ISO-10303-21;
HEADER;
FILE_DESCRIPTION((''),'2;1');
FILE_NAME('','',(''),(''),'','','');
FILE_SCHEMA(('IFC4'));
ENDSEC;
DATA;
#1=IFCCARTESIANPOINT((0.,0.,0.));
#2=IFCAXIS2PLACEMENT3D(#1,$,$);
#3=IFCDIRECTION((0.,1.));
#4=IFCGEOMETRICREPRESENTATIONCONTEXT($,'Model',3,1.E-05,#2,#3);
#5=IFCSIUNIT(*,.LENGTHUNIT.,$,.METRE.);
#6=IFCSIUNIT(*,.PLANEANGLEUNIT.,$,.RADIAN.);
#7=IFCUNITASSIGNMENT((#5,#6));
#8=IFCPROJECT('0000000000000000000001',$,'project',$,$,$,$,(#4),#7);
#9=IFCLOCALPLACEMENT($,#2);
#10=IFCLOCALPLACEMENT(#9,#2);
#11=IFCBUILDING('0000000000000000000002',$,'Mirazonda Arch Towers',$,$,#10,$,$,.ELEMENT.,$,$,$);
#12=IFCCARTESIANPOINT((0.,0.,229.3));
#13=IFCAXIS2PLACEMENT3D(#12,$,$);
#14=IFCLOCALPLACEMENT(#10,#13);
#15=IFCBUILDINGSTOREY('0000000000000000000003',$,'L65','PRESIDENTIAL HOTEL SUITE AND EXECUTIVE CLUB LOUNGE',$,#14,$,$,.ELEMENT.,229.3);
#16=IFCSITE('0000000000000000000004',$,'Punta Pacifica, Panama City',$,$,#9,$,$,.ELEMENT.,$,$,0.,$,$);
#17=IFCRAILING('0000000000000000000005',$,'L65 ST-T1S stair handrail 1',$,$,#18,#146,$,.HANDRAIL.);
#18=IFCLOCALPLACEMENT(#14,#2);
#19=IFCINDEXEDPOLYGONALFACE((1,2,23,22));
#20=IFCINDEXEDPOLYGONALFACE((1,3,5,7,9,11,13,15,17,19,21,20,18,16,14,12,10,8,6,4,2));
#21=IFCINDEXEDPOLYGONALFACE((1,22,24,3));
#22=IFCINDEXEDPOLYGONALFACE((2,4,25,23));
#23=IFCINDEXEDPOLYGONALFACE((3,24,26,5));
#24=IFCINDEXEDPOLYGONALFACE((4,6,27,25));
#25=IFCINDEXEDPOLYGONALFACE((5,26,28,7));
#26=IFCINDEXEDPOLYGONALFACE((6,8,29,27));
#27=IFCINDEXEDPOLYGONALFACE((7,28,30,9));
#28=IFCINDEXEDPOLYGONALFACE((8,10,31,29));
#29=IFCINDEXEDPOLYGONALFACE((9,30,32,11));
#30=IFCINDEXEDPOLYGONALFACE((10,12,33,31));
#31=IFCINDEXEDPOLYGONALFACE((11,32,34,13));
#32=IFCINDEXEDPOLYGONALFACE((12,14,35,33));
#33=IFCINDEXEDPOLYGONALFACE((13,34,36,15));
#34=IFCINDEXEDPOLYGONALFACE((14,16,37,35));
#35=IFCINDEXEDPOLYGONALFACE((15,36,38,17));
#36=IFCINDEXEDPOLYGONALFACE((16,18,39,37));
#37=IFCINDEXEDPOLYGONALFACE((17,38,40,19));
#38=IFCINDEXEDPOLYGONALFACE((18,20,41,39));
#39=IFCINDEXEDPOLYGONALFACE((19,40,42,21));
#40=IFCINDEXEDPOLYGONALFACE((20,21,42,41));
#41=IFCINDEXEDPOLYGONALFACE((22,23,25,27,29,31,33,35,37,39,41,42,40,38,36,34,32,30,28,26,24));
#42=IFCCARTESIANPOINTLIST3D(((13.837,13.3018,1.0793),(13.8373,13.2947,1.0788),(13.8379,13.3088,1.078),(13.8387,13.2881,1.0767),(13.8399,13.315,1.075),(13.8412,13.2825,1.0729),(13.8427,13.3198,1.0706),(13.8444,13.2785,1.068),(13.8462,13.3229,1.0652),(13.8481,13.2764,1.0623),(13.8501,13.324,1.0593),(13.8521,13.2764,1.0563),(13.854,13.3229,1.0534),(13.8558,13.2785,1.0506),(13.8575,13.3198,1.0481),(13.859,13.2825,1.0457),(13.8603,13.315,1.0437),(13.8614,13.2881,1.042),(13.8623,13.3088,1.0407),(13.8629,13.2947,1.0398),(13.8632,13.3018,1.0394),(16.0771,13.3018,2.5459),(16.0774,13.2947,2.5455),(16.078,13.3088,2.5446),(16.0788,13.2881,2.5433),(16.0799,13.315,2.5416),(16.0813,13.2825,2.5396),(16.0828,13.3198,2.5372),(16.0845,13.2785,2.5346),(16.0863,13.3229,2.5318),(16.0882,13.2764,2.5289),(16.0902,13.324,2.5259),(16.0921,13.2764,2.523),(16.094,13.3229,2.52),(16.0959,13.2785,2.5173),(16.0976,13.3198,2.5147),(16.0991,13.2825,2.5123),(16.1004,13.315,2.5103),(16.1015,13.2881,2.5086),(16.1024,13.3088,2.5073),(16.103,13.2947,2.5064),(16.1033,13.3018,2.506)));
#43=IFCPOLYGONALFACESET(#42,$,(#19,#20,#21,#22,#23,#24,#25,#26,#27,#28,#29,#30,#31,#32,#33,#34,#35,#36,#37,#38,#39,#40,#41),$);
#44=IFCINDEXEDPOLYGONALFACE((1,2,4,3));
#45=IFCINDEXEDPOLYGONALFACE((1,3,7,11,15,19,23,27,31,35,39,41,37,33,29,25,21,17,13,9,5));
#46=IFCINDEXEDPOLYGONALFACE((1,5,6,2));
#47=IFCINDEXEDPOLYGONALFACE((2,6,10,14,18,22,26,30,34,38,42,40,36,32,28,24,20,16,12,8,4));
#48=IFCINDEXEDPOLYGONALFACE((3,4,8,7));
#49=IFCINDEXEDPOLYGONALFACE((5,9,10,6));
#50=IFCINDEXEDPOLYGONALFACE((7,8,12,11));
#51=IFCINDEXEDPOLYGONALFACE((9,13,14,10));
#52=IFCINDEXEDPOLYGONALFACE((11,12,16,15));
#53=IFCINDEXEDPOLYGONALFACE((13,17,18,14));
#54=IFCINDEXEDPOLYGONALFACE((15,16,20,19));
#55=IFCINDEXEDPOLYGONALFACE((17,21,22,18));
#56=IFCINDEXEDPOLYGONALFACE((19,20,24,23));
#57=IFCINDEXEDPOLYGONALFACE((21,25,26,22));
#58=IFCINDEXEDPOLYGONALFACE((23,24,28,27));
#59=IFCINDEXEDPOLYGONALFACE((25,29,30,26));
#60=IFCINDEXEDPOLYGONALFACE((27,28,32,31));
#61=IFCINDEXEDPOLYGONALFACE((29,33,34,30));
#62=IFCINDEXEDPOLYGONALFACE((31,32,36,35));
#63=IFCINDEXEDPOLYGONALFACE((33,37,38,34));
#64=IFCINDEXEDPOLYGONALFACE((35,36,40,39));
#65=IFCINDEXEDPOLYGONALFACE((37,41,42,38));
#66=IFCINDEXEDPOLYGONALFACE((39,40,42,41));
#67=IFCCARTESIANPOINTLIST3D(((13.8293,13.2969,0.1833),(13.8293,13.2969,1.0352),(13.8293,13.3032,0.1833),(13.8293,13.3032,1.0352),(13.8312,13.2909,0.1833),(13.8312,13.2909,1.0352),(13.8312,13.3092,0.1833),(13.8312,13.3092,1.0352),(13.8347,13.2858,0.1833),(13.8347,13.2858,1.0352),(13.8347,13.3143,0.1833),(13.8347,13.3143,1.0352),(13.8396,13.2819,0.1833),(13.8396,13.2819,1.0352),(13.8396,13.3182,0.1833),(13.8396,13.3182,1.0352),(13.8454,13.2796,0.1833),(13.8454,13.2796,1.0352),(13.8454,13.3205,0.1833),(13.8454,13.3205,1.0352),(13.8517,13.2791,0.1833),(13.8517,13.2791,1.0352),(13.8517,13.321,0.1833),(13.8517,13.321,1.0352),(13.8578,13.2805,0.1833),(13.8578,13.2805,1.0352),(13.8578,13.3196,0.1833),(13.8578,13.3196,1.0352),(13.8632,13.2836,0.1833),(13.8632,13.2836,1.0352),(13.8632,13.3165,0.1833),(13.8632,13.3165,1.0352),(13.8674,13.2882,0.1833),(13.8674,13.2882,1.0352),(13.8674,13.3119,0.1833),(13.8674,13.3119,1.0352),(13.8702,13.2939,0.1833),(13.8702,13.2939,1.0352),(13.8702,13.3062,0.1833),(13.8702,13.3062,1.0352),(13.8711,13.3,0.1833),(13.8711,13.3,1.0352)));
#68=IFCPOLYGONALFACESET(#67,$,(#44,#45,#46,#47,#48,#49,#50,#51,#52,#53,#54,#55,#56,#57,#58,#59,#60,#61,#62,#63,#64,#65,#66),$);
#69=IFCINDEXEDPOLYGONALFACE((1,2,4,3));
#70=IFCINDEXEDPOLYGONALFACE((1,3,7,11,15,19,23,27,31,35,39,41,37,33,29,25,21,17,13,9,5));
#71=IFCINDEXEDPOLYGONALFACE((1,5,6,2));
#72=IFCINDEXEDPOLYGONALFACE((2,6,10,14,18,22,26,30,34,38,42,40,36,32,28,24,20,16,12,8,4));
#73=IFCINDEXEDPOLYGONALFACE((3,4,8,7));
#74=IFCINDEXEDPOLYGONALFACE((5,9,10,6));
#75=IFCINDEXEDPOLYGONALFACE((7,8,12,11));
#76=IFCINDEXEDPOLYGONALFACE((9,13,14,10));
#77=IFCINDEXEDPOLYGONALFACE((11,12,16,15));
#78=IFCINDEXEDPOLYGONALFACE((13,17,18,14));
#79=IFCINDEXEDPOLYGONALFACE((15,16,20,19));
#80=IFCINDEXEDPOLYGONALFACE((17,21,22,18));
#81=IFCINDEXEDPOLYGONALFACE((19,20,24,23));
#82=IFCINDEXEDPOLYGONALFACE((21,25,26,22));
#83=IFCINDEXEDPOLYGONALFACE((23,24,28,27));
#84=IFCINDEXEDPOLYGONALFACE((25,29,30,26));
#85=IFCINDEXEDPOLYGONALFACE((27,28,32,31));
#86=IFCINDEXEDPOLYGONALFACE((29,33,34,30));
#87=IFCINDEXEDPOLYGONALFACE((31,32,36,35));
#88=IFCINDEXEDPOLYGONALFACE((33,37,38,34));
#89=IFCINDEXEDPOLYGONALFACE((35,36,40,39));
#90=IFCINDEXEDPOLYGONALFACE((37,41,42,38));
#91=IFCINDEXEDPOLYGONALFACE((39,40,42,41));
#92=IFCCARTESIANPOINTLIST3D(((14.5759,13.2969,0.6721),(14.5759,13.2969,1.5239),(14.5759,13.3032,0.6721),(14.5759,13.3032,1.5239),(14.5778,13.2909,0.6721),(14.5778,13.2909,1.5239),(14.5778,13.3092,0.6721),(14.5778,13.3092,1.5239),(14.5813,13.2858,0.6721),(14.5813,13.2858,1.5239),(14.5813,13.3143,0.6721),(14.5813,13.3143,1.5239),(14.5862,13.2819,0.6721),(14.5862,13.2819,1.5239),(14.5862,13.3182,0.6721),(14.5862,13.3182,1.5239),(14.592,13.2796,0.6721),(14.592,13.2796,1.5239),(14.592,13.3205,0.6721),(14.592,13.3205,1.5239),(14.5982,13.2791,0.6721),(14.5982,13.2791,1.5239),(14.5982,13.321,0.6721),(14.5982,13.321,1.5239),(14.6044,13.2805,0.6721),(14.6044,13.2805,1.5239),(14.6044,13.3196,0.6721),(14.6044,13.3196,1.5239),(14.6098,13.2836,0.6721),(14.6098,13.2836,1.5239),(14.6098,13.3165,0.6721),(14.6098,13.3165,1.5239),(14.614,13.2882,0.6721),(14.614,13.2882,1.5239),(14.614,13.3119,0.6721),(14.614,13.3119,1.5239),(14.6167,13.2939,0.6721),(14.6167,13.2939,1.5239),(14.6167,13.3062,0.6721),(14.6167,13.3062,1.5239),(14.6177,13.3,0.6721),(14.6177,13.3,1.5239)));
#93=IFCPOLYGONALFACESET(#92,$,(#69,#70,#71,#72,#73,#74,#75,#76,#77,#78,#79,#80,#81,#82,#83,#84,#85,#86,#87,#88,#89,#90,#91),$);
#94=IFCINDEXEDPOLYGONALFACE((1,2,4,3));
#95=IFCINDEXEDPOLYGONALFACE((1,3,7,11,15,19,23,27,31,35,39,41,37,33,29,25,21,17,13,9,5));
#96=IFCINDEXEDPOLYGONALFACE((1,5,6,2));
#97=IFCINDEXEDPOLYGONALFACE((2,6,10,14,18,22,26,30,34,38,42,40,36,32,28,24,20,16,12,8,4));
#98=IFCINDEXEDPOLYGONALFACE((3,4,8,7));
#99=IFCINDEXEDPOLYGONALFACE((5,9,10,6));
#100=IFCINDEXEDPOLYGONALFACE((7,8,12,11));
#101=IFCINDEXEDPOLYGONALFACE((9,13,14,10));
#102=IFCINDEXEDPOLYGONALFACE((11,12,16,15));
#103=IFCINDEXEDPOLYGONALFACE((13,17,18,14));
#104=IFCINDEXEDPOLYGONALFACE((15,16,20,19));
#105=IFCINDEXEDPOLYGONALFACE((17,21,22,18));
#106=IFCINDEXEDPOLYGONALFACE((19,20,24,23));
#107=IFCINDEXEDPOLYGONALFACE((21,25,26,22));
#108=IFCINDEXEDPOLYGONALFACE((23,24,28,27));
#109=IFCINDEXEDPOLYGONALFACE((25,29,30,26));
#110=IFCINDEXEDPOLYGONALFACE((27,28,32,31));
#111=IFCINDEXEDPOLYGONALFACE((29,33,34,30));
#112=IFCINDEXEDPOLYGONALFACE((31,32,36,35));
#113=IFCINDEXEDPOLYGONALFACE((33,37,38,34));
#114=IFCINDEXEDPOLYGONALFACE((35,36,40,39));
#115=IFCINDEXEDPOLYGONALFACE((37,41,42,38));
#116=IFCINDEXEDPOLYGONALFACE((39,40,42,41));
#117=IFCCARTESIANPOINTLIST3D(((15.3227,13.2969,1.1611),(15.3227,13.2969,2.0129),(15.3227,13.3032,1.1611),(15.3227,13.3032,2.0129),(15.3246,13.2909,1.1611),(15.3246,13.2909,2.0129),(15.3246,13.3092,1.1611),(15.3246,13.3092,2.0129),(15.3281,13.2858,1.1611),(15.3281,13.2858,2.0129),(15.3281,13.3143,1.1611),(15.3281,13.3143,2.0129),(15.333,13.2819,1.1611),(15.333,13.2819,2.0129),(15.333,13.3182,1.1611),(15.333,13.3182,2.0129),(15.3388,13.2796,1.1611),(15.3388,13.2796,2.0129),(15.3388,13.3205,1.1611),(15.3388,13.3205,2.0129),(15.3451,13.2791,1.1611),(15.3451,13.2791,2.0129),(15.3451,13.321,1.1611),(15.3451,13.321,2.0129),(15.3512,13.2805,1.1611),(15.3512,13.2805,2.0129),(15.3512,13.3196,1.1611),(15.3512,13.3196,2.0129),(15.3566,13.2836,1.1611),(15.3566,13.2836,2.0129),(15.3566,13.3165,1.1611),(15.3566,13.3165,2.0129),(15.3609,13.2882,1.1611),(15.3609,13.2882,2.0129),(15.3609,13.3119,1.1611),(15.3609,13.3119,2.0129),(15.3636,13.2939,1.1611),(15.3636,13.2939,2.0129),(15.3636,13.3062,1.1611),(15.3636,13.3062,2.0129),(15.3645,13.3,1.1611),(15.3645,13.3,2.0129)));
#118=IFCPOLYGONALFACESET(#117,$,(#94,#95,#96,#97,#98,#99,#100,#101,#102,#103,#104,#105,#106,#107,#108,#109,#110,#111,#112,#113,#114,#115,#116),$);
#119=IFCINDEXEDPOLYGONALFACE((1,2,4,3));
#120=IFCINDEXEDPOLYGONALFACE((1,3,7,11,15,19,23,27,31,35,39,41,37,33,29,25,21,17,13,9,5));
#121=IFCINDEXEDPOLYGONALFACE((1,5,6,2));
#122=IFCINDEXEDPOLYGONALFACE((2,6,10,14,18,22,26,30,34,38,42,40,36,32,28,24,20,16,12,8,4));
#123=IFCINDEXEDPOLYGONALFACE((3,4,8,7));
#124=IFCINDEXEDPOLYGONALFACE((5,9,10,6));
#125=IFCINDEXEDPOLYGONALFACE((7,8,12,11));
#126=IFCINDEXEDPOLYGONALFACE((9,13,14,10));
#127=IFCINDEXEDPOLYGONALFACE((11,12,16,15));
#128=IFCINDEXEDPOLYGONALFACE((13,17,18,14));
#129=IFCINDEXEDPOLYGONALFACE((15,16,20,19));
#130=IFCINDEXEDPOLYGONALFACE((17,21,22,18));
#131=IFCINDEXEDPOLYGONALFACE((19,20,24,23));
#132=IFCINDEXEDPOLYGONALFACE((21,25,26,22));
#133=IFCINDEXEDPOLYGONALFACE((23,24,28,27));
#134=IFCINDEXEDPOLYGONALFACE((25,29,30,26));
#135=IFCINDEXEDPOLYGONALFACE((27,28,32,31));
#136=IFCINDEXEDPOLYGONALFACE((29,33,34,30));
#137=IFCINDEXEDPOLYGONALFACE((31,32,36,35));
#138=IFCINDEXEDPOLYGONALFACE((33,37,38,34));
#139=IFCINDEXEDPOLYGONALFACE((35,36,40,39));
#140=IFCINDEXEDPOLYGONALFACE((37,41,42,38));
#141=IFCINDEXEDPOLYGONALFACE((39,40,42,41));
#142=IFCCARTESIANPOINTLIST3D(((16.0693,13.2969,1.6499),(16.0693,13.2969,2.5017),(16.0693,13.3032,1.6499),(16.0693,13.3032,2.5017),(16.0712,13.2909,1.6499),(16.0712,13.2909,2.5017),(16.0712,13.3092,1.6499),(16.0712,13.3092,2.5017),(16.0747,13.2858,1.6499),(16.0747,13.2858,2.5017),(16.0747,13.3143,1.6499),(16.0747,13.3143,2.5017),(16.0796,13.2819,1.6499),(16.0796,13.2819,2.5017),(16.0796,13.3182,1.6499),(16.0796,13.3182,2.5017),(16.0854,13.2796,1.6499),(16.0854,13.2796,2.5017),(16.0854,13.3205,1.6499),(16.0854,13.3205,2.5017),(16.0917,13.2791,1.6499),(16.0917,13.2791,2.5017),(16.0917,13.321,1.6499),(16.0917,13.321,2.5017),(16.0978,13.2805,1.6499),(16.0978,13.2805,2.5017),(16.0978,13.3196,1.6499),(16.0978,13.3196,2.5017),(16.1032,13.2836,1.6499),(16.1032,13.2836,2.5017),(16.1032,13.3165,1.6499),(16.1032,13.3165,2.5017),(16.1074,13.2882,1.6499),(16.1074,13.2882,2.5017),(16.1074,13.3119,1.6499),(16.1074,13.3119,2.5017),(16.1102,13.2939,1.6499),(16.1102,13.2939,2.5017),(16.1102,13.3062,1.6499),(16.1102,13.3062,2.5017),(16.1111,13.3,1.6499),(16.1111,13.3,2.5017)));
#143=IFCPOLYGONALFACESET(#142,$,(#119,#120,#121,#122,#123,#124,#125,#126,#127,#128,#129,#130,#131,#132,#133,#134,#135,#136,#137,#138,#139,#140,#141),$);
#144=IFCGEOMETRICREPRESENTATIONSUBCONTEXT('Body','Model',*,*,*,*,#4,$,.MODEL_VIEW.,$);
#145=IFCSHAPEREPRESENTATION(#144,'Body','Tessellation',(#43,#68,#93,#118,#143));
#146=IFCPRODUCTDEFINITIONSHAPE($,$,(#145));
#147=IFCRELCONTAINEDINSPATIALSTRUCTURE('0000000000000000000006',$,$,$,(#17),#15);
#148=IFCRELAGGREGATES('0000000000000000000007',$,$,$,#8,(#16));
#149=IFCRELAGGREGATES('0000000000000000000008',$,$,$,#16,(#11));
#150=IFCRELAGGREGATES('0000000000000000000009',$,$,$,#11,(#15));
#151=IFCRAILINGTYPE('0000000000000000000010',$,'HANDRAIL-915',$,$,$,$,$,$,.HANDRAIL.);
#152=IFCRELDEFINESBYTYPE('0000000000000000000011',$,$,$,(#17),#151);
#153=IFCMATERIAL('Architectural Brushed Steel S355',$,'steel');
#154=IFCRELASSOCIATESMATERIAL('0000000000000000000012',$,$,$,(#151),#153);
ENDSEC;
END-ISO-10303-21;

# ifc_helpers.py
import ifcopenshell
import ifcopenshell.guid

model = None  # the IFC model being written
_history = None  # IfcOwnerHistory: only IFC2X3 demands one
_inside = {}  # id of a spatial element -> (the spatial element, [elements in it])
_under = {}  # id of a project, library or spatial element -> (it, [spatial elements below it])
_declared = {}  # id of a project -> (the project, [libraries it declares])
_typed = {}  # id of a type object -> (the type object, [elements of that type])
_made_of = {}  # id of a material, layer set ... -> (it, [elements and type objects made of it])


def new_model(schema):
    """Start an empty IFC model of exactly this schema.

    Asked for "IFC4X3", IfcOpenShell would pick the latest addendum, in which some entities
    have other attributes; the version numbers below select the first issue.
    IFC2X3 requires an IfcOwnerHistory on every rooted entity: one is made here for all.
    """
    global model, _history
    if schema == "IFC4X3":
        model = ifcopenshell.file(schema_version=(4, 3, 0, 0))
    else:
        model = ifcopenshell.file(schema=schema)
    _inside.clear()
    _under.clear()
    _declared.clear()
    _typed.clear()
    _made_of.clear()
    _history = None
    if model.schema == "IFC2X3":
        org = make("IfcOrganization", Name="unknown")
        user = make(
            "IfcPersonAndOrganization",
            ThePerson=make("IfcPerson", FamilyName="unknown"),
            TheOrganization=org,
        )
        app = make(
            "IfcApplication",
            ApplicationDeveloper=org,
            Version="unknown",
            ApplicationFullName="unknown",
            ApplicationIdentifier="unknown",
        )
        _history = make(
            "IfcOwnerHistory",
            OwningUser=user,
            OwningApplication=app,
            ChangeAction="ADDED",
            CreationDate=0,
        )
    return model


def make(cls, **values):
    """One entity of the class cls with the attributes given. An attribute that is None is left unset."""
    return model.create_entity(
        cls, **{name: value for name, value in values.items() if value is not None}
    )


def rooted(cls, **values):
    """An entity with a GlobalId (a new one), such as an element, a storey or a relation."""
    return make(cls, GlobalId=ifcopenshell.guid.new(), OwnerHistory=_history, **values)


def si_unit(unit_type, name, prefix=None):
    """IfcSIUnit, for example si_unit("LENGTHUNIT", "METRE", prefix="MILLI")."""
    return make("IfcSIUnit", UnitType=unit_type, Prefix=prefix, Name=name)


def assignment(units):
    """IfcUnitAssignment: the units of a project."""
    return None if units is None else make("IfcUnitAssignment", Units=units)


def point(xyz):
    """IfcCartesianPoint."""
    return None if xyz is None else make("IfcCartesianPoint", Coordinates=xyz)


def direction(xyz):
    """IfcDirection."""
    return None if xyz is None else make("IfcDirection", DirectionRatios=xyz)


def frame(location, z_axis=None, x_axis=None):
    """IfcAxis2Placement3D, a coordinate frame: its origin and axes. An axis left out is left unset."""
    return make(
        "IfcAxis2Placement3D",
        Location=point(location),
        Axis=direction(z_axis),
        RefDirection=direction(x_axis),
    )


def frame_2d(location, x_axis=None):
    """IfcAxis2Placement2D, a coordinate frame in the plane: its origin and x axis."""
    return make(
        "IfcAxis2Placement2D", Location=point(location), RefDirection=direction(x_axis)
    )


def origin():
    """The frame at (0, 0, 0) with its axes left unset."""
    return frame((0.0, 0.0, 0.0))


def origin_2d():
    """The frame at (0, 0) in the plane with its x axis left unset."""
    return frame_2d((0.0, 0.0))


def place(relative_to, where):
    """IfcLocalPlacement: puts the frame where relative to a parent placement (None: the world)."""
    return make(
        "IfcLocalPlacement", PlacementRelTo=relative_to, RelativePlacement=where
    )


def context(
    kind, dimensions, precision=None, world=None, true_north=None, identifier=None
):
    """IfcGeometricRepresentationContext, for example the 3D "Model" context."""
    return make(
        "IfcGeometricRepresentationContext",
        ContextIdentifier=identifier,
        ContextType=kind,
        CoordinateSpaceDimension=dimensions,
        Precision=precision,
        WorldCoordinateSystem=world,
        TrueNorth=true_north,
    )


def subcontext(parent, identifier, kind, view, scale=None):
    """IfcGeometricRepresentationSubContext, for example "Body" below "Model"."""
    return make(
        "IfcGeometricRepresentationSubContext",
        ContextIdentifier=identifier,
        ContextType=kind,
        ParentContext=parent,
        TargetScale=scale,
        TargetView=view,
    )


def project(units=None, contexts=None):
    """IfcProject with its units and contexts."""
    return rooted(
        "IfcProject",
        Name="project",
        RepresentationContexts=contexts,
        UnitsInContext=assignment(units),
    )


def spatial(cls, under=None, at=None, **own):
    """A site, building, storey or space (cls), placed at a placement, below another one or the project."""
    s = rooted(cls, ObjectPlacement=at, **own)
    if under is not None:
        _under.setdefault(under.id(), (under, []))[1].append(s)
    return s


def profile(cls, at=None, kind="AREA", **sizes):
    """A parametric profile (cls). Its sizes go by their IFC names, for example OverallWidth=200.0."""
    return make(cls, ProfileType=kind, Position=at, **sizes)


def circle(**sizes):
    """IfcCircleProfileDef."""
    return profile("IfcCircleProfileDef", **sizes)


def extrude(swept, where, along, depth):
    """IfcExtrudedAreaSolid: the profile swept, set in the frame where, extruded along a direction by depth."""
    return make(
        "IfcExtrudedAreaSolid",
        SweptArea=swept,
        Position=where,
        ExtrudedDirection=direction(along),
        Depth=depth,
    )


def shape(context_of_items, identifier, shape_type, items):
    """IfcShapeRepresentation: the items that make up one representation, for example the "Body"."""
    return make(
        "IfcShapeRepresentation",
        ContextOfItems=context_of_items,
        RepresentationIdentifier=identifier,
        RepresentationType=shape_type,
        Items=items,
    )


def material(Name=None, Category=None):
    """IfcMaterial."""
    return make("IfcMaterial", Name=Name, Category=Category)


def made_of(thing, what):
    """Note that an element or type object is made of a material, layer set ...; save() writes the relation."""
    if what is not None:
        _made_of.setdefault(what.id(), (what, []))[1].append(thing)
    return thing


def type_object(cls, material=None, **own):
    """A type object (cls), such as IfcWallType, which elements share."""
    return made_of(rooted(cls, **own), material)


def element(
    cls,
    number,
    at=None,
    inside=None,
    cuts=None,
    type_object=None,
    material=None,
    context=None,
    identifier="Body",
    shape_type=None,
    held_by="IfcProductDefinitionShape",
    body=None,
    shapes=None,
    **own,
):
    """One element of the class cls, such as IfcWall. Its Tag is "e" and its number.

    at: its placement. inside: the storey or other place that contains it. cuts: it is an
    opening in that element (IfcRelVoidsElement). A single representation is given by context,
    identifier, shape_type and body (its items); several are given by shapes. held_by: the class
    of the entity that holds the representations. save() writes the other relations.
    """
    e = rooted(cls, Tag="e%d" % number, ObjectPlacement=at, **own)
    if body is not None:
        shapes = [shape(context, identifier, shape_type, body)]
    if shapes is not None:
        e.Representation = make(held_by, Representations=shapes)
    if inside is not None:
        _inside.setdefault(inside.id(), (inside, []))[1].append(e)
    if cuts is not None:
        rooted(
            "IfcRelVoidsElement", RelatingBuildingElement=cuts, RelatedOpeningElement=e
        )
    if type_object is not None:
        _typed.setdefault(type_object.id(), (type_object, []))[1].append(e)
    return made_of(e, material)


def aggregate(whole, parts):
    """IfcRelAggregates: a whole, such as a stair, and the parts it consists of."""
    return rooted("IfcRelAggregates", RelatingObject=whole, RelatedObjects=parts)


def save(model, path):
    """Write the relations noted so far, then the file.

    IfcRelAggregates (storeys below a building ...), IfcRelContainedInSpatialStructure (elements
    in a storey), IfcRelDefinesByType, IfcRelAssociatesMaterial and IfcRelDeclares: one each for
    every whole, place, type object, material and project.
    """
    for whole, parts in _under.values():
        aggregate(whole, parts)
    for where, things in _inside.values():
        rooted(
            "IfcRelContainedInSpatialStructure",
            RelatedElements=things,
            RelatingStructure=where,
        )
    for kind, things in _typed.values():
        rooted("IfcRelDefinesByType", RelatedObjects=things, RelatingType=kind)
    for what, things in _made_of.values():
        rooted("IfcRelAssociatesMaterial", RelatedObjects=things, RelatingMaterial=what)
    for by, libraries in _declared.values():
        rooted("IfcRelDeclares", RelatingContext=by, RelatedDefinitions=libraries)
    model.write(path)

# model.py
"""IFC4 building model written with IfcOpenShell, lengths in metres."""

from ifc_helpers import new_model, si_unit, direction, frame, origin, origin_2d, place, context, subcontext, project, spatial, circle, extrude, material, type_object, element, save


model = new_model("IFC4")

# Units and contexts
model_context = context("Model", 3, precision=1e-05, world=origin(), true_north=direction((0.0, 1.0)))
body_context = subcontext(model_context, "Body", "Model", "MODEL_VIEW")
ifc_project = project(units=[si_unit("LENGTHUNIT", "METRE"), si_unit("PLANEANGLEUNIT", "RADIAN")], contexts=[model_context])

# Site, building, storey
site_placement = place(None, origin())
site = spatial("IfcSite", under=ifc_project, at=site_placement, Name="Punta Pacifica, Panama City", CompositionType="ELEMENT", RefElevation=0.0)
building_placement = place(site_placement, origin())
building = spatial("IfcBuilding", under=site, at=building_placement, Name="Mirazonda Arch Towers", CompositionType="ELEMENT")
storey_placement = place(building_placement, frame((0.0, 0.0, 229.3)))
storey = spatial("IfcBuildingStorey", under=building, at=storey_placement, Name="L65", Description="PRESIDENTIAL HOTEL SUITE AND EXECUTIVE CLUB LOUNGE", CompositionType="ELEMENT", Elevation=229.3)

# Shared definitions
ifc_material_1 = material(Name="Architectural Brushed Steel S355", Category="steel")

# Railing
railing_type_1 = type_object("IfcRailingType", Name="HANDRAIL-915", PredefinedType="HANDRAIL", material=ifc_material_1)
railing_1_placement = place(storey_placement, frame((13.8501, 13.3, 0.1833)))
element("IfcRailing", 1, at=railing_1_placement, inside=storey, type_object=railing_type_1, Name="L65 ST-T1S stair handrail 1", PredefinedType="HANDRAIL", context=body_context, shape_type="SweptSolid", body=[
    extrude(circle(Radius=0.0239, at=origin_2d()), frame((0.0, 0.0, 0.876), z_axis=(0.836637, 0.0, 0.547758), x_axis=(0.0, 1.0, 0.0)), (0.0, 0.0, 1.0), 2.6775),
    extrude(circle(Radius=0.021, at=origin_2d()), origin(), (0.0, 0.0, 1.0), 0.8518),
    extrude(circle(Radius=0.021, at=origin_2d()), frame((0.7466, 0.0, 0.4888)), (0.0, 0.0, 1.0), 0.8518),
    extrude(circle(Radius=0.021, at=origin_2d()), frame((1.4934, 0.0, 0.9778)), (0.0, 0.0, 1.0), 0.8518),
    extrude(circle(Radius=0.021, at=origin_2d()), frame((2.24, 0.0, 1.4666)), (0.0, 0.0, 1.0), 0.8518),
])

save(model, "model.ifc")
